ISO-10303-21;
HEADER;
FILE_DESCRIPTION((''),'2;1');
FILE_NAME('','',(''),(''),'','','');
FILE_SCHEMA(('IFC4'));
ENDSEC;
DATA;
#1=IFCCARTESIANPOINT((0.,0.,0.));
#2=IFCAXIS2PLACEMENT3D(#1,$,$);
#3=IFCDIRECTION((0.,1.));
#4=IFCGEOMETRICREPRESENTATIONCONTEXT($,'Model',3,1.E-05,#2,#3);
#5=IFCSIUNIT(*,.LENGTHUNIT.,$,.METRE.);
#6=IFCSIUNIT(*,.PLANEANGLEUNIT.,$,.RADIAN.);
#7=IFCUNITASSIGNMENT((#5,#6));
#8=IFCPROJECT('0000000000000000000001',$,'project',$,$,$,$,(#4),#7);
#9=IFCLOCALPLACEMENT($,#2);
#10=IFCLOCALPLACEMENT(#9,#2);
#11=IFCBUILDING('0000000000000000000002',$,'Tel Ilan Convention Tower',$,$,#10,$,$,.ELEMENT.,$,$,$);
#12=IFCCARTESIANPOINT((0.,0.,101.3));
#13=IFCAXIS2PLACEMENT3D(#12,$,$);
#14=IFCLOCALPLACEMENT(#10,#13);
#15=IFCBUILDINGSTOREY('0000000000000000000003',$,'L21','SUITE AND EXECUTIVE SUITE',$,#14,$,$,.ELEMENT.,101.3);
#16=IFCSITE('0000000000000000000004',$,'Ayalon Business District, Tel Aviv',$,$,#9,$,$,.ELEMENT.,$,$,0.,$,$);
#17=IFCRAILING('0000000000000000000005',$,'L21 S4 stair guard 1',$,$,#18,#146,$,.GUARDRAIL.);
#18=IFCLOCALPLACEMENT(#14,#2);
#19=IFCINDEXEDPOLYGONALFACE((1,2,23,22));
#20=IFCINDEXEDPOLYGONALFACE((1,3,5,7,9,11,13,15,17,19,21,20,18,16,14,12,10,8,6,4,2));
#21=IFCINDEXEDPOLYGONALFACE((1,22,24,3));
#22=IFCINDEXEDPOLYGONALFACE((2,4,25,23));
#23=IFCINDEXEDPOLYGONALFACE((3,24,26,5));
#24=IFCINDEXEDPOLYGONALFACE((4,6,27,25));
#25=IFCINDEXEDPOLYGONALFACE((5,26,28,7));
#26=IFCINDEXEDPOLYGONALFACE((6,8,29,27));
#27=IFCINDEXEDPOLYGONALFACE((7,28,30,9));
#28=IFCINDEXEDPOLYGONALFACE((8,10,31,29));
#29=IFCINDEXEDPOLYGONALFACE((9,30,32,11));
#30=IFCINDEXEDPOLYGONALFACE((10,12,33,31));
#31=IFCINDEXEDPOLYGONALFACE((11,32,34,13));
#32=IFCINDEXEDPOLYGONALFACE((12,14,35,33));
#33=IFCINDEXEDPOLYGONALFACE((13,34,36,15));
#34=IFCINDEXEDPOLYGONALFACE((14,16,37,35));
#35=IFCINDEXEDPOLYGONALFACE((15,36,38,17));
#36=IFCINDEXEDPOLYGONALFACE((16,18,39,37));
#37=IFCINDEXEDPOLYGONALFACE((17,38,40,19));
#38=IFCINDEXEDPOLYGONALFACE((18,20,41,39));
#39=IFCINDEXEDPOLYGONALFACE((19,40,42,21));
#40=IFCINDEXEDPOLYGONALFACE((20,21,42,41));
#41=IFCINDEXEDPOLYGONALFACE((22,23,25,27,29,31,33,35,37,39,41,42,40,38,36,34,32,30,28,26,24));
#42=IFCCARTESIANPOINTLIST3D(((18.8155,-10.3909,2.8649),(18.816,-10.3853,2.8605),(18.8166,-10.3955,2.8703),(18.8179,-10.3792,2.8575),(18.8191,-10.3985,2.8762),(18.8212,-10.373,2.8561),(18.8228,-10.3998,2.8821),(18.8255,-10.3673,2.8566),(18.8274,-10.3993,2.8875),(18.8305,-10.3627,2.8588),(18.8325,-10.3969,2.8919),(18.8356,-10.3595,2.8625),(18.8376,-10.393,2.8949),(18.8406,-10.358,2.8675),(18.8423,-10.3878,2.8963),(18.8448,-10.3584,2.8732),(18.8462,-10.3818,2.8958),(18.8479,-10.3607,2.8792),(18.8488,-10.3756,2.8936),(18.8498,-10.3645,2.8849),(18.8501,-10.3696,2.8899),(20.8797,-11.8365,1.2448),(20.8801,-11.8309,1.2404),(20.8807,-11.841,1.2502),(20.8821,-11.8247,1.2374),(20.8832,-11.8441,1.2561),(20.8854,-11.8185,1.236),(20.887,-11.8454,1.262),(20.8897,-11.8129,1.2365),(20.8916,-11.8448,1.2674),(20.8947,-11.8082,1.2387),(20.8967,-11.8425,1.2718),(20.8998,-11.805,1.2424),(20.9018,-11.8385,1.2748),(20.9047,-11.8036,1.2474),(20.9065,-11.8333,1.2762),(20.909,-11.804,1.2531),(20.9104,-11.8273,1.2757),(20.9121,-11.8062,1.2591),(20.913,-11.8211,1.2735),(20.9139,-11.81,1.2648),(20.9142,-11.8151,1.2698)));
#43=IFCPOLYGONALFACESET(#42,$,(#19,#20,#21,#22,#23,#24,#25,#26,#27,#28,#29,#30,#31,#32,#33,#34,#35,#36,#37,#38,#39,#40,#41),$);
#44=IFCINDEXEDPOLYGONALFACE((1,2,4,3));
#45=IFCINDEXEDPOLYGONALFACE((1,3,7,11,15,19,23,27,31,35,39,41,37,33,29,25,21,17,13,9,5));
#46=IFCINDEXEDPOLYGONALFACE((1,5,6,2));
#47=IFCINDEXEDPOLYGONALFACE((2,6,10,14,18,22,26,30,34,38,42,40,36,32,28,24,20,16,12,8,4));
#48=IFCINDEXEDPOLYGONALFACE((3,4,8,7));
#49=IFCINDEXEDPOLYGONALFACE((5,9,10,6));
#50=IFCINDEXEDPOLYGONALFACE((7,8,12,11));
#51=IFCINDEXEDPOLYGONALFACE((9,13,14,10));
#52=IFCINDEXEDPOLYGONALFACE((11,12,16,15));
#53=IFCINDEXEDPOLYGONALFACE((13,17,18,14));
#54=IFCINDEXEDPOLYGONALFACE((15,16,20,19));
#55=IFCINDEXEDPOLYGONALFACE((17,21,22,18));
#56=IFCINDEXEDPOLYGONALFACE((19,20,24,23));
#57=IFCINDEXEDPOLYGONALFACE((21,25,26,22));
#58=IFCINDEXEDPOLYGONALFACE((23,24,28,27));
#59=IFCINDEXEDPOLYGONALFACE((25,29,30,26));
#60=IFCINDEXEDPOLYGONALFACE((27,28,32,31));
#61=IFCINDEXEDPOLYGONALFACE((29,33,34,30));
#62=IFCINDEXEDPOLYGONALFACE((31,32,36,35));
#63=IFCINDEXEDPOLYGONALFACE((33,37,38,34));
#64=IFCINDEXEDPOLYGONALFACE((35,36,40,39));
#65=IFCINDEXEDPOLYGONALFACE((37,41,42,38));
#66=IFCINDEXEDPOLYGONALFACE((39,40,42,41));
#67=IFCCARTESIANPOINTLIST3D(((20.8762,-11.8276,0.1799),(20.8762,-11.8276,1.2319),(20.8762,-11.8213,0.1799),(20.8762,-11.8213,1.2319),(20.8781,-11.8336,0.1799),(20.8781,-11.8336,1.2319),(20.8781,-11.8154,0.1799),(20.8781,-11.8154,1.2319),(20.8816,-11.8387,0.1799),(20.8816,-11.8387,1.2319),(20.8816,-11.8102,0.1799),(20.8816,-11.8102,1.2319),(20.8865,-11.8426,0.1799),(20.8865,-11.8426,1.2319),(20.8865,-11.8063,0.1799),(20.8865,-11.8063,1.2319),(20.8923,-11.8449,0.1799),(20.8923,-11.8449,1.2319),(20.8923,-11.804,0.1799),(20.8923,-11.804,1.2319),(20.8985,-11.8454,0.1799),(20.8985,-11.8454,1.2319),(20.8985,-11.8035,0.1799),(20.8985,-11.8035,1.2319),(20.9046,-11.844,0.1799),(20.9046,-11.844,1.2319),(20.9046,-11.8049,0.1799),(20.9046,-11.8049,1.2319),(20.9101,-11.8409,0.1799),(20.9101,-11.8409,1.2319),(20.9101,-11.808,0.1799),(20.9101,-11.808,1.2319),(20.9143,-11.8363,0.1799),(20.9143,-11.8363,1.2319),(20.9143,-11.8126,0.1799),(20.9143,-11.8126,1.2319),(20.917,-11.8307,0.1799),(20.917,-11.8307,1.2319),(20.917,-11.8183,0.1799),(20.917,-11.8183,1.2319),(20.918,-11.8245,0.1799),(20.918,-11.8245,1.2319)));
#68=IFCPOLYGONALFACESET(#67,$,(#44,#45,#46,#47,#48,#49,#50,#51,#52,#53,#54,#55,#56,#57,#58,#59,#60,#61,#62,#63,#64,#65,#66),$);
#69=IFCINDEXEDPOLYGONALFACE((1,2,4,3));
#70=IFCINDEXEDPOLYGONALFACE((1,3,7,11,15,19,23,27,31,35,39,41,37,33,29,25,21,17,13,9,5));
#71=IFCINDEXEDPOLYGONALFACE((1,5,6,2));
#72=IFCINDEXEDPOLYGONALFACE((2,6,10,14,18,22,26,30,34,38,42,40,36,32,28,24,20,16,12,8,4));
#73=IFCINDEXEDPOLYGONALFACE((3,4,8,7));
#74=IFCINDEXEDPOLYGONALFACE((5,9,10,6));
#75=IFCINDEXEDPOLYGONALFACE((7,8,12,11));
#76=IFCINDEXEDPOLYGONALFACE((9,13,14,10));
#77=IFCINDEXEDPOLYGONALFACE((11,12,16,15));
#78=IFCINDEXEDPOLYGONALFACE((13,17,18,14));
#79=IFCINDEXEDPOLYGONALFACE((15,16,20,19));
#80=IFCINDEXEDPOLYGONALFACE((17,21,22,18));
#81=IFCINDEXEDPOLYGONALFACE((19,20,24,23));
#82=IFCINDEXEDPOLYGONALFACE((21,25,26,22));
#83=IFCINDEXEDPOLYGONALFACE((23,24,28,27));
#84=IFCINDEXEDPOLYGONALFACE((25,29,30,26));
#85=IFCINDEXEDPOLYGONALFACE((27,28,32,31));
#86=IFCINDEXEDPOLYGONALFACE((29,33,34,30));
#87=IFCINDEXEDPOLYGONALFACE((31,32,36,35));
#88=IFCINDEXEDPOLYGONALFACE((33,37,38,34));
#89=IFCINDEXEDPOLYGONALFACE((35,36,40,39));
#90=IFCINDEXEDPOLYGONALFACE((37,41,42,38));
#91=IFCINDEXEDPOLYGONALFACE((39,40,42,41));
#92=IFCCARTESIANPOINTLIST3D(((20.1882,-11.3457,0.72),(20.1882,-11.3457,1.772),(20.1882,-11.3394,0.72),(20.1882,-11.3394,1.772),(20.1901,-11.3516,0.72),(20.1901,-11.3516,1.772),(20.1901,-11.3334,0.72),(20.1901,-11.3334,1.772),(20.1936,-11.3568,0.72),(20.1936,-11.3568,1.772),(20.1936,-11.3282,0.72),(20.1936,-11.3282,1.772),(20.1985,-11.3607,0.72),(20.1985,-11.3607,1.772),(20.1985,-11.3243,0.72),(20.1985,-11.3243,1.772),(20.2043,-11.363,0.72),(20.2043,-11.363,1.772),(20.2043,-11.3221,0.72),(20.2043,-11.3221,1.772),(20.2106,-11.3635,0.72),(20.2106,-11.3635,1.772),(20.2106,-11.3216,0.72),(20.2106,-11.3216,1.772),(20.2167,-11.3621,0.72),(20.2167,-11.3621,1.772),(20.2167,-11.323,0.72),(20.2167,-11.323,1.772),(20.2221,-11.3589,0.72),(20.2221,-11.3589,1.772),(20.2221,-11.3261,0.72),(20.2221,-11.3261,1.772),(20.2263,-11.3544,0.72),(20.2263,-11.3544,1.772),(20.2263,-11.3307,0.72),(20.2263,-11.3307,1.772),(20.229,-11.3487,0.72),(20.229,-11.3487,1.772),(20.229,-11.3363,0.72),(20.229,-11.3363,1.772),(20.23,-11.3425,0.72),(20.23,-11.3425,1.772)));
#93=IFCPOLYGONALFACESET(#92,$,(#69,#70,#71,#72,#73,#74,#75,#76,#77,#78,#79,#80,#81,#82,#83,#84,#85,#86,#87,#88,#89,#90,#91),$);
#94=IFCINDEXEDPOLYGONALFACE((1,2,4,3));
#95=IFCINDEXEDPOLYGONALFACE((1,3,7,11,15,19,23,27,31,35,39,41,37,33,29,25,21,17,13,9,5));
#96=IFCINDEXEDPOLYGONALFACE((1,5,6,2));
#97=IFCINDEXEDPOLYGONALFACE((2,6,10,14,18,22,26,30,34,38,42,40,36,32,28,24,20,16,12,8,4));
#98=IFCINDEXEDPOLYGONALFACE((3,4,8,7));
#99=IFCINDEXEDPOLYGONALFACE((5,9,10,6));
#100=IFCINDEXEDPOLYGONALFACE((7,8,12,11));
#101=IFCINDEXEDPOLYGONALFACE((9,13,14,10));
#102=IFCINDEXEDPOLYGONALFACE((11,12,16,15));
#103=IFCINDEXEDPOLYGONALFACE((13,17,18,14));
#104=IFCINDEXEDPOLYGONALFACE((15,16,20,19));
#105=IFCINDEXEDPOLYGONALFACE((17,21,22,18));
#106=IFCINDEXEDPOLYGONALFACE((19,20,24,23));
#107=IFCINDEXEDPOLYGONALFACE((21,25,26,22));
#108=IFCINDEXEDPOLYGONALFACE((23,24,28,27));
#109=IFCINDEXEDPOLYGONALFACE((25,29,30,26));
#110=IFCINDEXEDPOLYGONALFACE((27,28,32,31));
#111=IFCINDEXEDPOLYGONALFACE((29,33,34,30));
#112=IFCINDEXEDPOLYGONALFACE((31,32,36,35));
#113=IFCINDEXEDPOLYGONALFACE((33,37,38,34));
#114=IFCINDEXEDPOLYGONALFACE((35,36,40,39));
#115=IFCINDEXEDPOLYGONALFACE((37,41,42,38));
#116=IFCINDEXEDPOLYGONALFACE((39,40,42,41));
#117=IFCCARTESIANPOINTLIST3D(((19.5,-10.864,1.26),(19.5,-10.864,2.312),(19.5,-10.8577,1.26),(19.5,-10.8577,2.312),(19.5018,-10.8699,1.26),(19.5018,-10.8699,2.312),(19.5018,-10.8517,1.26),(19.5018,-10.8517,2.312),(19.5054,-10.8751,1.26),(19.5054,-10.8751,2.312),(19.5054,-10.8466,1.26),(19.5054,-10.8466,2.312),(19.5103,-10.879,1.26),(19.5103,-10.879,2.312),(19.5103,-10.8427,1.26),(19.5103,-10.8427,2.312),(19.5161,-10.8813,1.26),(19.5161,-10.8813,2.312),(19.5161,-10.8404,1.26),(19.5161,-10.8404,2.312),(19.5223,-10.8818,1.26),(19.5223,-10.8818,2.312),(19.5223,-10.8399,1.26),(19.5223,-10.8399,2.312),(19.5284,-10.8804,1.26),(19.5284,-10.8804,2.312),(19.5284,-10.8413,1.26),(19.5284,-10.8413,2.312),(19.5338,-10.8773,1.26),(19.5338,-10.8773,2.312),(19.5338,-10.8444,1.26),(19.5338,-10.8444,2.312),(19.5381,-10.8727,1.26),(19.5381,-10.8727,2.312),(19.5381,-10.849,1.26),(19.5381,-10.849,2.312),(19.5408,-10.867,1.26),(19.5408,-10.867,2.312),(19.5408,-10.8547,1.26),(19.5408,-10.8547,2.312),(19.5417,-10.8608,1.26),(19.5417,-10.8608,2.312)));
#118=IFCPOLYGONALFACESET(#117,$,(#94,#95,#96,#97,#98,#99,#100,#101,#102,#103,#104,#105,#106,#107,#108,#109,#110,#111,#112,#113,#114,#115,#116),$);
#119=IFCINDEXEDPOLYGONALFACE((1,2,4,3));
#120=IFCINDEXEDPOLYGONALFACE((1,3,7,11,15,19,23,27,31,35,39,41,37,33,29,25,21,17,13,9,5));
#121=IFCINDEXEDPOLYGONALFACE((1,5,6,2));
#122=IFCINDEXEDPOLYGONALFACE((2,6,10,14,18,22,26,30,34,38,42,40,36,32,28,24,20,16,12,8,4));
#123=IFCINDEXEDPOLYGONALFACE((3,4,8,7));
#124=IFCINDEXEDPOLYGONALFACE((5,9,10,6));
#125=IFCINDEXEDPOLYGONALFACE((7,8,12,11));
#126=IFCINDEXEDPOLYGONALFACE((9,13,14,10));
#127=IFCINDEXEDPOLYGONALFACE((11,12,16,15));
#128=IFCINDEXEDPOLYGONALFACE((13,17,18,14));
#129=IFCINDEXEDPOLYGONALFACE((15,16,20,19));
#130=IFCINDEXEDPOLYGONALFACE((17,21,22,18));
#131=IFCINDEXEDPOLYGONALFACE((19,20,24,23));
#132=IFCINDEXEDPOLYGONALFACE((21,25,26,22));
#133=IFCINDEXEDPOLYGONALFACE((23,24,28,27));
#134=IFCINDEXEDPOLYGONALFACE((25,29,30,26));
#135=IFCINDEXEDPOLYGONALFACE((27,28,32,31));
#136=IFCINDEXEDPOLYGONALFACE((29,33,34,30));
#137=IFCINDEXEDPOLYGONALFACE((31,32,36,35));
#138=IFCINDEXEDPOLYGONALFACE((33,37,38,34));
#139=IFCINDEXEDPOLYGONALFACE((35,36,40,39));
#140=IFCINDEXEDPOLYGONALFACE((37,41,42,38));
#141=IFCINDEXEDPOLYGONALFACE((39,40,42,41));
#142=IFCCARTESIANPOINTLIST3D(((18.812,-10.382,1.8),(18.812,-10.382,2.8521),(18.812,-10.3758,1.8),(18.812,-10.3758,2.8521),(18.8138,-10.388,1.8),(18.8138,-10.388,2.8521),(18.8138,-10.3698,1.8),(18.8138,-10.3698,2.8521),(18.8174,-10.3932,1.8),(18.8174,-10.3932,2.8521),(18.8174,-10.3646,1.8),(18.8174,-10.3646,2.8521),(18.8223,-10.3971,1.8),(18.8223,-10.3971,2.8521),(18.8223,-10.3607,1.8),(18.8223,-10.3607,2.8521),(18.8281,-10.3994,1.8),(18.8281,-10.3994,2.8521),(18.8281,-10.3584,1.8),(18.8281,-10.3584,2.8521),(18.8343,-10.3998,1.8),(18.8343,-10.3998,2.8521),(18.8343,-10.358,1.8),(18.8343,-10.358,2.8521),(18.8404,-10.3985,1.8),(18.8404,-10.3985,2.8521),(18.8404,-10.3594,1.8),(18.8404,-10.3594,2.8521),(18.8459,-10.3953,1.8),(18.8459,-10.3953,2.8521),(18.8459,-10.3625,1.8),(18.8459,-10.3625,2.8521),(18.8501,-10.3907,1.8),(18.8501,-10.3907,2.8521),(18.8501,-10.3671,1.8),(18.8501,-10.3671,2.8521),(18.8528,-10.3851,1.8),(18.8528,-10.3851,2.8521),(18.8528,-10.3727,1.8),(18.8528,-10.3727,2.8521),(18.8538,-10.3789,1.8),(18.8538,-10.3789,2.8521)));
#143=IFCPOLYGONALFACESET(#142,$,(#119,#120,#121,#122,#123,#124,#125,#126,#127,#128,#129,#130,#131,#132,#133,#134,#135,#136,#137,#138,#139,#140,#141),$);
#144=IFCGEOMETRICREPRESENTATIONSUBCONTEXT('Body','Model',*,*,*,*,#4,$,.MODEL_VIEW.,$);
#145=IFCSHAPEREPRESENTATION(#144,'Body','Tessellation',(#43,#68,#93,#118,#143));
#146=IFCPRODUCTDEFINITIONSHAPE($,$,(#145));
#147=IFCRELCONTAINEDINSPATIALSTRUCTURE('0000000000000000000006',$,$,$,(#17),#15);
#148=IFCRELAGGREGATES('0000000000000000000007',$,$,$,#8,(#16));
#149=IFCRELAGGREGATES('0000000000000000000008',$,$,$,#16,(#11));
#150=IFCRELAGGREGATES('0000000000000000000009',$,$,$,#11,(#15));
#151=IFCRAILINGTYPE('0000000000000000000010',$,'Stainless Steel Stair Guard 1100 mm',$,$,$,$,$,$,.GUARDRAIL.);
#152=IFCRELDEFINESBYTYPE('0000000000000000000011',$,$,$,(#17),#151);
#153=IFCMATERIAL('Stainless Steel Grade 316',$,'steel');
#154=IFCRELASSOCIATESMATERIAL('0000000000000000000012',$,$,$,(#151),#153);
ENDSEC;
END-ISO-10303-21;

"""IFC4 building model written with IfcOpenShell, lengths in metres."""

from ifc_helpers import new_model, si_unit, direction, frame, origin, origin_2d, place, context, subcontext, project, spatial, circle, extrude, material, type_object, element, save


model = new_model("IFC4")

# Units and contexts
model_context = context("Model", 3, precision=1e-05, world=origin(), true_north=direction((0.0, 1.0)))
body_context = subcontext(model_context, "Body", "Model", "MODEL_VIEW")
ifc_project = project(units=[si_unit("LENGTHUNIT", "METRE"), si_unit("PLANEANGLEUNIT", "RADIAN")], contexts=[model_context])

# Site, building, storey
site_placement = place(None, origin())
site = spatial("IfcSite", under=ifc_project, at=site_placement, Name="Ayalon Business District, Tel Aviv", CompositionType="ELEMENT", RefElevation=0.0)
building_placement = place(site_placement, origin())
building = spatial("IfcBuilding", under=site, at=building_placement, Name="Tel Ilan Convention Tower", CompositionType="ELEMENT")
storey_placement = place(building_placement, frame((0.0, 0.0, 101.3)))
storey = spatial("IfcBuildingStorey", under=building, at=storey_placement, Name="L21", Description="SUITE AND EXECUTIVE SUITE", CompositionType="ELEMENT", Elevation=101.3)

# Railing
ifc_material_1 = material(Name="Stainless Steel Grade 316", Category="steel")
railing_type_1 = type_object("IfcRailingType", Name="Stainless Steel Stair Guard 1100 mm", PredefinedType="GUARDRAIL", material=ifc_material_1)
railing_1_placement = place(storey_placement, frame((20.897, -11.8245, 0.1799)))
element("IfcRailing", 1, at=railing_1_placement, inside=storey, type_object=railing_type_1, Name="L21 S4 stair guard 1", PredefinedType="GUARDRAIL", context=body_context, shape_type="SweptSolid", body=[
    extrude(circle(Radius=0.0239, at=origin_2d()), frame((0.0, 0.0, 1.0762), z_axis=(-0.689013, 0.482513, 0.540779), x_axis=(-0.573625, -0.819118, 0.0)), (0.0, 0.0, 1.0), 2.9958),
    extrude(circle(Radius=0.021, at=origin_2d()), origin(), (0.0, 0.0, 1.0), 1.052),
    extrude(circle(Radius=0.021, at=origin_2d()), frame((-0.688, 0.4819, 0.54)), (0.0, 0.0, 1.0), 1.052),
    extrude(circle(Radius=0.021, at=origin_2d()), frame((-1.3762, 0.9636, 1.0801)), (0.0, 0.0, 1.0), 1.052),
    extrude(circle(Radius=0.021, at=origin_2d()), frame((-2.0642, 1.4456, 1.6201)), (0.0, 0.0, 1.0), 1.052),
])

save(model, "model.ifc")
